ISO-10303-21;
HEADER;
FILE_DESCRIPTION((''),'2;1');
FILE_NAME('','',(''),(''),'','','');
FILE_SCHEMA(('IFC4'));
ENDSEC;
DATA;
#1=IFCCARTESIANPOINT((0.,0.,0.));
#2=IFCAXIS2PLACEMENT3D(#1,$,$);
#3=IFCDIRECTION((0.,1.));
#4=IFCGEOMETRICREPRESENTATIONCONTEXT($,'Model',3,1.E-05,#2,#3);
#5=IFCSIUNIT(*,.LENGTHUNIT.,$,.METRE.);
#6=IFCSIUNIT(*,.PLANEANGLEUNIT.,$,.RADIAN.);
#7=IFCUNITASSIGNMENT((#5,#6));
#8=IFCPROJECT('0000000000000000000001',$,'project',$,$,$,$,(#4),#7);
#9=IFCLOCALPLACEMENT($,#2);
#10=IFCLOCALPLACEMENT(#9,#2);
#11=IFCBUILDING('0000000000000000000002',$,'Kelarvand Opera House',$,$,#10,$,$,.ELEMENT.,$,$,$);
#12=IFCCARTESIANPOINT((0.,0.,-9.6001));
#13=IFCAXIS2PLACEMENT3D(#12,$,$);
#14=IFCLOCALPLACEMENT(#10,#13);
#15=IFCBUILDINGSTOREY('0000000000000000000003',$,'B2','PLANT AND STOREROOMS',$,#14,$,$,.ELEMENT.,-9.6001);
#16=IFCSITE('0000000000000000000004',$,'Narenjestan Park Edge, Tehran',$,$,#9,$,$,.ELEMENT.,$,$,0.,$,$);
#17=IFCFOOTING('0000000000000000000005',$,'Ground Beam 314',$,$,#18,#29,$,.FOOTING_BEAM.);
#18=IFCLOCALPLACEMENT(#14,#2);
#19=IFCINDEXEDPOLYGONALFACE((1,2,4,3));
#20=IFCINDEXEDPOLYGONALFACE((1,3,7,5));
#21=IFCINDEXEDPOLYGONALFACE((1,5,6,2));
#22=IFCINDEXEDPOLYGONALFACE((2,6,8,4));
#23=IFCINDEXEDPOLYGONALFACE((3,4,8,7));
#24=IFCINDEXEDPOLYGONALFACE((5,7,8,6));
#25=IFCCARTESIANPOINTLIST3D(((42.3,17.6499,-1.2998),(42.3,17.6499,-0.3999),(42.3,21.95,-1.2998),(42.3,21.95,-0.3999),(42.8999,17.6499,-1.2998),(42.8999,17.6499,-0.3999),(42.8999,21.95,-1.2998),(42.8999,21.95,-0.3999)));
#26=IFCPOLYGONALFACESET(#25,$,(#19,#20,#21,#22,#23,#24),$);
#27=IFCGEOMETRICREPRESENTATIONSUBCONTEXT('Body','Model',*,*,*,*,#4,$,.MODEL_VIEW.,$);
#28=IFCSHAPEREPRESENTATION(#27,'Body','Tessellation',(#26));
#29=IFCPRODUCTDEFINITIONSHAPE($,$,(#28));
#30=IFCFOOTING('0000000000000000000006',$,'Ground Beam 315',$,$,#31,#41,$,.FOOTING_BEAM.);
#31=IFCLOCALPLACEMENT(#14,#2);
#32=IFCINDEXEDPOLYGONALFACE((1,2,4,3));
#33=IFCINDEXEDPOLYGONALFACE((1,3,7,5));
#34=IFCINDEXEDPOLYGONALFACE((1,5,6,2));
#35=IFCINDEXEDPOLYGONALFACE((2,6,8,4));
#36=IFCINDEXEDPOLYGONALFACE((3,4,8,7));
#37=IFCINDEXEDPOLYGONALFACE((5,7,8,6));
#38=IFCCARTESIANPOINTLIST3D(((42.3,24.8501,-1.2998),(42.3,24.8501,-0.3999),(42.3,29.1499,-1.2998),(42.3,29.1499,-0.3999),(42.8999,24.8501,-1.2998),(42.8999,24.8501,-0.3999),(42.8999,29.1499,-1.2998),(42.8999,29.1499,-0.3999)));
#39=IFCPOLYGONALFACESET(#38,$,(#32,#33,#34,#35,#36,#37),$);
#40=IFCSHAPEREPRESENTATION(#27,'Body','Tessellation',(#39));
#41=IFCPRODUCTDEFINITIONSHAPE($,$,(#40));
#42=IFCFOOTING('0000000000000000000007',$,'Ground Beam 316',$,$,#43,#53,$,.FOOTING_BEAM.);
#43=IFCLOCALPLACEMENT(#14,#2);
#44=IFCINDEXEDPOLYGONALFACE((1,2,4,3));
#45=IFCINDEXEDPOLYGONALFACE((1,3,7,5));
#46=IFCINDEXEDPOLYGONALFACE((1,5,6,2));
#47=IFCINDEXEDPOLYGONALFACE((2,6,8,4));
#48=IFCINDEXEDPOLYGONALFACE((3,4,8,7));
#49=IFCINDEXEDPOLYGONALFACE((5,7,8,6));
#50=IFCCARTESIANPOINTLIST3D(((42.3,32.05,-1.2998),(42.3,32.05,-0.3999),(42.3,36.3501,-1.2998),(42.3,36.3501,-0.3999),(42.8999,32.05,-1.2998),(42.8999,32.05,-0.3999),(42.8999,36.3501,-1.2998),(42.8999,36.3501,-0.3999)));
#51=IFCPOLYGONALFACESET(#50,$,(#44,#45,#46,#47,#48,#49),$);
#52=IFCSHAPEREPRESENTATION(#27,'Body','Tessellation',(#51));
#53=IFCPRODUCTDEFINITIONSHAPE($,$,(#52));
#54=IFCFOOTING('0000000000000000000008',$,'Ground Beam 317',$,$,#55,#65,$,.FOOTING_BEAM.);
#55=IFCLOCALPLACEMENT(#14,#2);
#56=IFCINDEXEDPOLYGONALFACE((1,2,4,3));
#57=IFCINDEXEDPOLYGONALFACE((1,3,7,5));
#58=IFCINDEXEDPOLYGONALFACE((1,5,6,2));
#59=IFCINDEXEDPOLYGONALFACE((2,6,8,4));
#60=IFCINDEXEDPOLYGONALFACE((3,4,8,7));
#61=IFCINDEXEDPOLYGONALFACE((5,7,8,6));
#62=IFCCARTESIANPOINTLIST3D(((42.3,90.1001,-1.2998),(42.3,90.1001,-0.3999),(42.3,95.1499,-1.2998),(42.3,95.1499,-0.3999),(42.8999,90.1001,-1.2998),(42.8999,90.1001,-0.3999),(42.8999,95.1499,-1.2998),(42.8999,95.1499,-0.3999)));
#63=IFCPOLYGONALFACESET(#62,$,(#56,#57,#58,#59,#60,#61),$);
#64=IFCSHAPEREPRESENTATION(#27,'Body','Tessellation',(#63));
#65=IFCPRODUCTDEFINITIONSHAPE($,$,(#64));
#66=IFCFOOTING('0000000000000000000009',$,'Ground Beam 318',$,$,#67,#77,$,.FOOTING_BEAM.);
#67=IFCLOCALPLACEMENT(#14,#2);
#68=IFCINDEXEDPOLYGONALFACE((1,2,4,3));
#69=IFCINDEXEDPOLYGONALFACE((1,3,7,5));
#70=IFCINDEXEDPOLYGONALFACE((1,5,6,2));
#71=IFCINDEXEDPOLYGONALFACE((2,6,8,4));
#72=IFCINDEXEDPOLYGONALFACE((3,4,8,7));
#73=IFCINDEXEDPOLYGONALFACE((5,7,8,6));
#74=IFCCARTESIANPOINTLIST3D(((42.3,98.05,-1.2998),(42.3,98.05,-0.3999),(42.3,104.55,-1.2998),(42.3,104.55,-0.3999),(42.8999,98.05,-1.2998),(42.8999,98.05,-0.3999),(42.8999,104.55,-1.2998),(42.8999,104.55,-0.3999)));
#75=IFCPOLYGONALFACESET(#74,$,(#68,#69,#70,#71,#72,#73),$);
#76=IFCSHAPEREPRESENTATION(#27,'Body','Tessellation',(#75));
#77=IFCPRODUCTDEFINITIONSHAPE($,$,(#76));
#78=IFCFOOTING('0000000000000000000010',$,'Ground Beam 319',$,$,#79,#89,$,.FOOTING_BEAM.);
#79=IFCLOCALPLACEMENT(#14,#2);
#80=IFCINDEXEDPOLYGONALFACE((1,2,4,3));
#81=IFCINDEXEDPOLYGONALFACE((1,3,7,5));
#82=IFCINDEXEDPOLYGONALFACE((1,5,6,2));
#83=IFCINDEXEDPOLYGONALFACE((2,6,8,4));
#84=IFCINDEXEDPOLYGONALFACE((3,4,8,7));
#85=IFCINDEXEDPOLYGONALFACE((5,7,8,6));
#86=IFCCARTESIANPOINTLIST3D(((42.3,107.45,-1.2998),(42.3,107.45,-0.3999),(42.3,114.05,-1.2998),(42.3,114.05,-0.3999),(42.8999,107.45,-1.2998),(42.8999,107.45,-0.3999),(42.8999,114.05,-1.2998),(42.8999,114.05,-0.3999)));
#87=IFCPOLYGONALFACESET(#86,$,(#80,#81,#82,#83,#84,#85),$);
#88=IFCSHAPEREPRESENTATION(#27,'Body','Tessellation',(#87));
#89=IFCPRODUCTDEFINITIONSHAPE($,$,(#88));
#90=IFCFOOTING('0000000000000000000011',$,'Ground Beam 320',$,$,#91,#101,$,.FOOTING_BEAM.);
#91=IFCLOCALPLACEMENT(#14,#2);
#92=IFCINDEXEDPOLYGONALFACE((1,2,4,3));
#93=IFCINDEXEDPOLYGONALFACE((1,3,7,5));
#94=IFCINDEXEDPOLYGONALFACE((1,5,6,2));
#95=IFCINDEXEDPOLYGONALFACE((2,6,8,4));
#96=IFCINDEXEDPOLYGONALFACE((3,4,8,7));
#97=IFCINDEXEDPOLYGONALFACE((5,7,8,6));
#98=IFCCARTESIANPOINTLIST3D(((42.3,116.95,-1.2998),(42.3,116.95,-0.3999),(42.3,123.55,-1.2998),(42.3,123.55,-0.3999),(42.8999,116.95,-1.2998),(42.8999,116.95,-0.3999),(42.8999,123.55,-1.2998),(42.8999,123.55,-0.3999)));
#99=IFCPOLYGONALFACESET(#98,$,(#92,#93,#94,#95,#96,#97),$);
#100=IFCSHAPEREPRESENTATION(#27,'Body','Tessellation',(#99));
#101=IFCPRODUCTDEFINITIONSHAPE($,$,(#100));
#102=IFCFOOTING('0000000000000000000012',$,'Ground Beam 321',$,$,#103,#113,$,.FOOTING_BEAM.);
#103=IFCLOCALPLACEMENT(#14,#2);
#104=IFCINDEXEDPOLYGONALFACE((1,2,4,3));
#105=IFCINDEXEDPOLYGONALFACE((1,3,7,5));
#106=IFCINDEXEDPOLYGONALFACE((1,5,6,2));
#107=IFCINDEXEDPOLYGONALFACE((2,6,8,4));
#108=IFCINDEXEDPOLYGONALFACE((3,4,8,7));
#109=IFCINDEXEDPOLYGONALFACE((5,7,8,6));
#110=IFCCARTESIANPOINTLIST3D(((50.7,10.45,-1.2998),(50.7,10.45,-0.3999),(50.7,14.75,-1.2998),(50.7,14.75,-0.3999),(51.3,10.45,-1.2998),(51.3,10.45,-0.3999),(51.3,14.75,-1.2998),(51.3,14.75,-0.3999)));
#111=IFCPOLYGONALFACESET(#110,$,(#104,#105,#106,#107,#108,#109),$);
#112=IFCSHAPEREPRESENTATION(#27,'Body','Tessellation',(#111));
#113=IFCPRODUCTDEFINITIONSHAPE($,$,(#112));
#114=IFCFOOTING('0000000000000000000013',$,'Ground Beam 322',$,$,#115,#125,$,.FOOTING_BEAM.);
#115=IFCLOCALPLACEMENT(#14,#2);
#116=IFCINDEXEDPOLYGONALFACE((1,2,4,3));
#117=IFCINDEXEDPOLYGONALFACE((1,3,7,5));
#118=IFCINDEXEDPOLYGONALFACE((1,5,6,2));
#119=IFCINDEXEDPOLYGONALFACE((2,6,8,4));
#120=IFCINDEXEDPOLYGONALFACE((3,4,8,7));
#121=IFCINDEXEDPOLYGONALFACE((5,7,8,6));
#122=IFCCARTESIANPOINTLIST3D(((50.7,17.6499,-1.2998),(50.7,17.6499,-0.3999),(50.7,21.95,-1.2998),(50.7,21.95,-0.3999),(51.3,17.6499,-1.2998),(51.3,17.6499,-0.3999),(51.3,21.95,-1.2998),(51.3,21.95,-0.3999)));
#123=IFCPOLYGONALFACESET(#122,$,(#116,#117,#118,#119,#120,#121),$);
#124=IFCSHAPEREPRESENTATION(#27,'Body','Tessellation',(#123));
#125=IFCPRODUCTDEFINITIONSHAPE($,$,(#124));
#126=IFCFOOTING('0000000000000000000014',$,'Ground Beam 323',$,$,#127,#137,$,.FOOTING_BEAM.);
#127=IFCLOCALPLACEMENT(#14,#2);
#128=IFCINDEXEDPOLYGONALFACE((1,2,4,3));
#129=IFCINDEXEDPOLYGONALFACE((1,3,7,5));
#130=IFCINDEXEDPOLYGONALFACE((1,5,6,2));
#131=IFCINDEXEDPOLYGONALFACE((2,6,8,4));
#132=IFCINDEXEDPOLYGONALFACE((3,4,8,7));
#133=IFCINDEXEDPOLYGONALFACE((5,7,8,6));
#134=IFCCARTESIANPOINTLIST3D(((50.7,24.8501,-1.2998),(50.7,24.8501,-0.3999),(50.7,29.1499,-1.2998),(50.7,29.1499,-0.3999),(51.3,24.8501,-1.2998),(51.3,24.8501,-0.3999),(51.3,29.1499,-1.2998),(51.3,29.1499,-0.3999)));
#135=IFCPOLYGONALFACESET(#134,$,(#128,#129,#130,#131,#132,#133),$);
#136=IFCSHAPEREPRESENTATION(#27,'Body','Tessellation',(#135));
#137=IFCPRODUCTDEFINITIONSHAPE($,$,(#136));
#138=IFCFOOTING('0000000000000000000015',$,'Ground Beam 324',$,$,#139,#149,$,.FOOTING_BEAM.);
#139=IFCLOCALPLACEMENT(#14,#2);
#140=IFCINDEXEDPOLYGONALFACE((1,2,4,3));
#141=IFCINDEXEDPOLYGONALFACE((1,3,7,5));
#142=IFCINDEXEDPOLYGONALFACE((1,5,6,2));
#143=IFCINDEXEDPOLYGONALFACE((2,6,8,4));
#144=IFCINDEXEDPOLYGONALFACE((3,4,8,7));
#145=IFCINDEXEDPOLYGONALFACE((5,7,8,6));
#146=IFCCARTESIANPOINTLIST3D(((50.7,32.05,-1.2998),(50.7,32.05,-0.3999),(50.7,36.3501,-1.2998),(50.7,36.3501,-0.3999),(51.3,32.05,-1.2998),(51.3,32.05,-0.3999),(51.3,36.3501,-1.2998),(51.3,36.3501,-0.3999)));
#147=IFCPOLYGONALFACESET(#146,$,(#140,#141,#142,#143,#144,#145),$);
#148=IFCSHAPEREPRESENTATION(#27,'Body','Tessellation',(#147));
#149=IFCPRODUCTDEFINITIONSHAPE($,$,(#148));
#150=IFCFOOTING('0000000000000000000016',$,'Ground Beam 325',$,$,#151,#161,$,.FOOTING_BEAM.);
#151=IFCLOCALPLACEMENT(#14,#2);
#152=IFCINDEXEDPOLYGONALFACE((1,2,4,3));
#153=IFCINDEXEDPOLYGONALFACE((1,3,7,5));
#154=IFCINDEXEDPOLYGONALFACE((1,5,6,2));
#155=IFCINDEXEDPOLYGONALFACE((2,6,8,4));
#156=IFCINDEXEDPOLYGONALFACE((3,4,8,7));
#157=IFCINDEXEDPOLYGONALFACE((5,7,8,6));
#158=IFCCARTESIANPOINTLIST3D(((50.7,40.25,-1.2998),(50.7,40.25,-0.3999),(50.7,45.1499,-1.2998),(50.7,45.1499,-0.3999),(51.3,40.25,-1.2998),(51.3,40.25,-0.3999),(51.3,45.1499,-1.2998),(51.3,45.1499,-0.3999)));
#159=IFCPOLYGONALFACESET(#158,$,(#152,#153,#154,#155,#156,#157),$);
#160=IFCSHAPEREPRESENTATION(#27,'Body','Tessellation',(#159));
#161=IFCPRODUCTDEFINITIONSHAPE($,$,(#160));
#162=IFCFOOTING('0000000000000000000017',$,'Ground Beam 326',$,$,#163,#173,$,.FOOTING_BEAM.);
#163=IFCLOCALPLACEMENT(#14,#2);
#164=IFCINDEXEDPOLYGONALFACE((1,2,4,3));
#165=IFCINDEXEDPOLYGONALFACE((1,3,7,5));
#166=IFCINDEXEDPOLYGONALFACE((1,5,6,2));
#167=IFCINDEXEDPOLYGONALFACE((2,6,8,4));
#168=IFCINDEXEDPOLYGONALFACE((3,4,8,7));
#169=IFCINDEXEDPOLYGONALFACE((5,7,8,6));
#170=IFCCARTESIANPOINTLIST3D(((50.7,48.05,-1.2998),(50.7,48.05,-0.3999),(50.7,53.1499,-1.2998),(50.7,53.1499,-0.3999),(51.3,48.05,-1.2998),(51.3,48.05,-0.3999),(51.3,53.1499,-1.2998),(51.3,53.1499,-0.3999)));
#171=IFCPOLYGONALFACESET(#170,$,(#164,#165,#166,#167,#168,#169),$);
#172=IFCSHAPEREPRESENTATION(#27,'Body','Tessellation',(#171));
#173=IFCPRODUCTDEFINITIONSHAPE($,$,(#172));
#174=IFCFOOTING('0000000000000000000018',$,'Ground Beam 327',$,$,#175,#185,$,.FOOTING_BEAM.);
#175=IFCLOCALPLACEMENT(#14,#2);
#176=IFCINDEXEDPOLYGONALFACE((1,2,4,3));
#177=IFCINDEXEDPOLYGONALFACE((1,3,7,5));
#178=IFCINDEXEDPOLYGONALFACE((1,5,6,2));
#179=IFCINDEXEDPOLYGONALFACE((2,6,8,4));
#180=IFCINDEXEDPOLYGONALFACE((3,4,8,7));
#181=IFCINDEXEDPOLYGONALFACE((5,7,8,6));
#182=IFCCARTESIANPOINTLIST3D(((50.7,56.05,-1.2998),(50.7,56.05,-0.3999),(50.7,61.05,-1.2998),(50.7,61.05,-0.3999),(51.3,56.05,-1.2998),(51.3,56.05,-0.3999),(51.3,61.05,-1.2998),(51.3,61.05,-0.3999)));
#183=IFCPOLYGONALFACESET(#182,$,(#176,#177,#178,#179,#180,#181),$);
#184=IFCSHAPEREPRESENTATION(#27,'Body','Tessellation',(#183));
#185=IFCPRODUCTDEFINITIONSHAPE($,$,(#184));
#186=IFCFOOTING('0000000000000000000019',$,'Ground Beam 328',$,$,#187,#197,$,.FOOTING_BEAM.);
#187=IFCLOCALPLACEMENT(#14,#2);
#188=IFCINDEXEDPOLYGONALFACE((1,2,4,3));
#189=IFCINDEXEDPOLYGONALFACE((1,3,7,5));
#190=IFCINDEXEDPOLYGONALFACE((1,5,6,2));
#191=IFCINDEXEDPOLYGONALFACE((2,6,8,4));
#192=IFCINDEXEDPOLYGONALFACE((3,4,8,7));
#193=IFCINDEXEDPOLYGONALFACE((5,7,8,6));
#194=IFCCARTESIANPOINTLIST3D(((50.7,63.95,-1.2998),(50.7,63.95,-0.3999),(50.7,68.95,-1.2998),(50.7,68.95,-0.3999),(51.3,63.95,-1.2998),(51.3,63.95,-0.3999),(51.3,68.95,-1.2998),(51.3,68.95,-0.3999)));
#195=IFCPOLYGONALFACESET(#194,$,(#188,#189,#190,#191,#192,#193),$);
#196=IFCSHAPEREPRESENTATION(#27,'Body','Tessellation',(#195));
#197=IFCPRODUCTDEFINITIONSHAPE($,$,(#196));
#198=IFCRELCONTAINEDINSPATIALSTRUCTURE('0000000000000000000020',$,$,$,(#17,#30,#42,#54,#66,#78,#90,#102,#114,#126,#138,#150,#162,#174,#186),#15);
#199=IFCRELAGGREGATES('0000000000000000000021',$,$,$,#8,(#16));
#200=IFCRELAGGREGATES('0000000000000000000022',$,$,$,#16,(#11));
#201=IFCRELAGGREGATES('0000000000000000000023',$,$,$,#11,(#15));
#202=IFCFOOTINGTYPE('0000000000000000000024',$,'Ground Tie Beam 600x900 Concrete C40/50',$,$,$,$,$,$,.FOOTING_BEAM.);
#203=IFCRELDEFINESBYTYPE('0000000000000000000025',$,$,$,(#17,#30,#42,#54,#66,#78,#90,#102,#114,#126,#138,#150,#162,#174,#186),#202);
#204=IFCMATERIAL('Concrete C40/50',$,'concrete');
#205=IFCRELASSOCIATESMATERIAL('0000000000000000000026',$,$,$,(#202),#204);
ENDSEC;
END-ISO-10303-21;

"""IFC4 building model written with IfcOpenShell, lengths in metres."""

from ifc_helpers import new_model, si_unit, direction, frame, origin, place, context, subcontext, project, spatial, polyline, outline, extrude, material, type_object, element, save


model = new_model("IFC4")

# Units and contexts
model_context = context("Model", 3, precision=1e-05, world=origin(), true_north=direction((0.0, 1.0)))
body_context = subcontext(model_context, "Body", "Model", "MODEL_VIEW")
ifc_project = project(units=[si_unit("LENGTHUNIT", "METRE"), si_unit("PLANEANGLEUNIT", "RADIAN")], contexts=[model_context])

# Site, building, storey
site_placement = place(None, origin())
site = spatial("IfcSite", under=ifc_project, at=site_placement, Name="Narenjestan Park Edge, Tehran", CompositionType="ELEMENT", RefElevation=0.0)
building_placement = place(site_placement, origin())
building = spatial("IfcBuilding", under=site, at=building_placement, Name="Kelarvand Opera House", CompositionType="ELEMENT")
storey_placement = place(building_placement, frame((0.0, 0.0, -9.6001)))
storey = spatial("IfcBuildingStorey", under=building, at=storey_placement, Name="B2", Description="PLANT AND STOREROOMS", CompositionType="ELEMENT", Elevation=-9.6001)

# Footings
ifc_material = material(Name="Concrete C40/50", Category="concrete")
footing_type = type_object("IfcFootingType", Name="Ground Tie Beam 600x900 Concrete C40/50", PredefinedType="FOOTING_BEAM", material=ifc_material)
footing_1_placement = place(storey_placement, frame((0.0, 0.0, -1.2998)))
element("IfcFooting", 1, at=footing_1_placement, inside=storey, type_object=footing_type, Name="Ground Beam 314", PredefinedType="FOOTING_BEAM", context=body_context, shape_type="SweptSolid", body=[
    extrude(outline(polyline([(42.3, 17.6499), (42.8999, 17.6499), (42.8999, 21.95), (42.3, 21.95), (42.3, 17.6499)])), origin(), (0.0, 0.0, 1.0), 0.8999),
])
footing_2_placement = place(storey_placement, frame((0.0, 0.0, -1.2998)))
element("IfcFooting", 2, at=footing_2_placement, inside=storey, type_object=footing_type, Name="Ground Beam 315", PredefinedType="FOOTING_BEAM", context=body_context, shape_type="SweptSolid", body=[
    extrude(outline(polyline([(42.3, 24.8501), (42.8999, 24.8501), (42.8999, 29.1499), (42.3, 29.1499), (42.3, 24.8501)])), origin(), (0.0, 0.0, 1.0), 0.8999),
])
footing_3_placement = place(storey_placement, frame((0.0, 0.0, -1.2998)))
element("IfcFooting", 3, at=footing_3_placement, inside=storey, type_object=footing_type, Name="Ground Beam 316", PredefinedType="FOOTING_BEAM", context=body_context, shape_type="SweptSolid", body=[
    extrude(outline(polyline([(42.3, 32.05), (42.8999, 32.05), (42.8999, 36.3501), (42.3, 36.3501), (42.3, 32.05)])), origin(), (0.0, 0.0, 1.0), 0.8999),
])
footing_4_placement = place(storey_placement, frame((0.0, 0.0, -1.2998)))
element("IfcFooting", 4, at=footing_4_placement, inside=storey, type_object=footing_type, Name="Ground Beam 317", PredefinedType="FOOTING_BEAM", context=body_context, shape_type="SweptSolid", body=[
    extrude(outline(polyline([(42.3, 90.1001), (42.8999, 90.1001), (42.8999, 95.1499), (42.3, 95.1499), (42.3, 90.1001)])), origin(), (0.0, 0.0, 1.0), 0.8999),
])
footing_5_placement = place(storey_placement, frame((0.0, 0.0, -1.2998)))
element("IfcFooting", 5, at=footing_5_placement, inside=storey, type_object=footing_type, Name="Ground Beam 318", PredefinedType="FOOTING_BEAM", context=body_context, shape_type="SweptSolid", body=[
    extrude(outline(polyline([(42.3, 98.05), (42.8999, 98.05), (42.8999, 104.55), (42.3, 104.55), (42.3, 98.05)])), origin(), (0.0, 0.0, 1.0), 0.8999),
])
footing_6_placement = place(storey_placement, frame((0.0, 0.0, -1.2998)))
element("IfcFooting", 6, at=footing_6_placement, inside=storey, type_object=footing_type, Name="Ground Beam 319", PredefinedType="FOOTING_BEAM", context=body_context, shape_type="SweptSolid", body=[
    extrude(outline(polyline([(42.3, 107.45), (42.8999, 107.45), (42.8999, 114.05), (42.3, 114.05), (42.3, 107.45)])), origin(), (0.0, 0.0, 1.0), 0.8999),
])
footing_7_placement = place(storey_placement, frame((0.0, 0.0, -1.2998)))
element("IfcFooting", 7, at=footing_7_placement, inside=storey, type_object=footing_type, Name="Ground Beam 320", PredefinedType="FOOTING_BEAM", context=body_context, shape_type="SweptSolid", body=[
    extrude(outline(polyline([(42.3, 116.95), (42.8999, 116.95), (42.8999, 123.55), (42.3, 123.55), (42.3, 116.95)])), origin(), (0.0, 0.0, 1.0), 0.8999),
])
footing_8_placement = place(storey_placement, frame((0.0, 0.0, -1.2998)))
element("IfcFooting", 8, at=footing_8_placement, inside=storey, type_object=footing_type, Name="Ground Beam 321", PredefinedType="FOOTING_BEAM", context=body_context, shape_type="SweptSolid", body=[
    extrude(outline(polyline([(50.7, 10.45), (51.3, 10.45), (51.3, 14.75), (50.7, 14.75), (50.7, 10.45)])), origin(), (0.0, 0.0, 1.0), 0.8999),
])
footing_9_placement = place(storey_placement, frame((0.0, 0.0, -1.2998)))
element("IfcFooting", 9, at=footing_9_placement, inside=storey, type_object=footing_type, Name="Ground Beam 322", PredefinedType="FOOTING_BEAM", context=body_context, shape_type="SweptSolid", body=[
    extrude(outline(polyline([(50.7, 17.6499), (51.3, 17.6499), (51.3, 21.95), (50.7, 21.95), (50.7, 17.6499)])), origin(), (0.0, 0.0, 1.0), 0.8999),
])
footing_10_placement = place(storey_placement, frame((0.0, 0.0, -1.2998)))
element("IfcFooting", 10, at=footing_10_placement, inside=storey, type_object=footing_type, Name="Ground Beam 323", PredefinedType="FOOTING_BEAM", context=body_context, shape_type="SweptSolid", body=[
    extrude(outline(polyline([(50.7, 24.8501), (51.3, 24.8501), (51.3, 29.1499), (50.7, 29.1499), (50.7, 24.8501)])), origin(), (0.0, 0.0, 1.0), 0.8999),
])
footing_11_placement = place(storey_placement, frame((0.0, 0.0, -1.2998)))
element("IfcFooting", 11, at=footing_11_placement, inside=storey, type_object=footing_type, Name="Ground Beam 324", PredefinedType="FOOTING_BEAM", context=body_context, shape_type="SweptSolid", body=[
    extrude(outline(polyline([(50.7, 32.05), (51.3, 32.05), (51.3, 36.3501), (50.7, 36.3501), (50.7, 32.05)])), origin(), (0.0, 0.0, 1.0), 0.8999),
])
footing_12_placement = place(storey_placement, frame((0.0, 0.0, -1.2998)))
element("IfcFooting", 12, at=footing_12_placement, inside=storey, type_object=footing_type, Name="Ground Beam 325", PredefinedType="FOOTING_BEAM", context=body_context, shape_type="SweptSolid", body=[
    extrude(outline(polyline([(50.7, 40.25), (51.3, 40.25), (51.3, 45.1499), (50.7, 45.1499), (50.7, 40.25)])), origin(), (0.0, 0.0, 1.0), 0.8999),
])
footing_13_placement = place(storey_placement, frame((0.0, 0.0, -1.2998)))
element("IfcFooting", 13, at=footing_13_placement, inside=storey, type_object=footing_type, Name="Ground Beam 326", PredefinedType="FOOTING_BEAM", context=body_context, shape_type="SweptSolid", body=[
    extrude(outline(polyline([(50.7, 48.05), (51.3, 48.05), (51.3, 53.1499), (50.7, 53.1499), (50.7, 48.05)])), origin(), (0.0, 0.0, 1.0), 0.8999),
])
footing_14_placement = place(storey_placement, frame((0.0, 0.0, -1.2998)))
element("IfcFooting", 14, at=footing_14_placement, inside=storey, type_object=footing_type, Name="Ground Beam 327", PredefinedType="FOOTING_BEAM", context=body_context, shape_type="SweptSolid", body=[
    extrude(outline(polyline([(50.7, 56.05), (51.3, 56.05), (51.3, 61.05), (50.7, 61.05), (50.7, 56.05)])), origin(), (0.0, 0.0, 1.0), 0.8999),
])
footing_15_placement = place(storey_placement, frame((0.0, 0.0, -1.2998)))
element("IfcFooting", 15, at=footing_15_placement, inside=storey, type_object=footing_type, Name="Ground Beam 328", PredefinedType="FOOTING_BEAM", context=body_context, shape_type="SweptSolid", body=[
    extrude(outline(polyline([(50.7, 63.95), (51.3, 63.95), (51.3, 68.95), (50.7, 68.95), (50.7, 63.95)])), origin(), (0.0, 0.0, 1.0), 0.8999),
])

save(model, "model.ifc")
